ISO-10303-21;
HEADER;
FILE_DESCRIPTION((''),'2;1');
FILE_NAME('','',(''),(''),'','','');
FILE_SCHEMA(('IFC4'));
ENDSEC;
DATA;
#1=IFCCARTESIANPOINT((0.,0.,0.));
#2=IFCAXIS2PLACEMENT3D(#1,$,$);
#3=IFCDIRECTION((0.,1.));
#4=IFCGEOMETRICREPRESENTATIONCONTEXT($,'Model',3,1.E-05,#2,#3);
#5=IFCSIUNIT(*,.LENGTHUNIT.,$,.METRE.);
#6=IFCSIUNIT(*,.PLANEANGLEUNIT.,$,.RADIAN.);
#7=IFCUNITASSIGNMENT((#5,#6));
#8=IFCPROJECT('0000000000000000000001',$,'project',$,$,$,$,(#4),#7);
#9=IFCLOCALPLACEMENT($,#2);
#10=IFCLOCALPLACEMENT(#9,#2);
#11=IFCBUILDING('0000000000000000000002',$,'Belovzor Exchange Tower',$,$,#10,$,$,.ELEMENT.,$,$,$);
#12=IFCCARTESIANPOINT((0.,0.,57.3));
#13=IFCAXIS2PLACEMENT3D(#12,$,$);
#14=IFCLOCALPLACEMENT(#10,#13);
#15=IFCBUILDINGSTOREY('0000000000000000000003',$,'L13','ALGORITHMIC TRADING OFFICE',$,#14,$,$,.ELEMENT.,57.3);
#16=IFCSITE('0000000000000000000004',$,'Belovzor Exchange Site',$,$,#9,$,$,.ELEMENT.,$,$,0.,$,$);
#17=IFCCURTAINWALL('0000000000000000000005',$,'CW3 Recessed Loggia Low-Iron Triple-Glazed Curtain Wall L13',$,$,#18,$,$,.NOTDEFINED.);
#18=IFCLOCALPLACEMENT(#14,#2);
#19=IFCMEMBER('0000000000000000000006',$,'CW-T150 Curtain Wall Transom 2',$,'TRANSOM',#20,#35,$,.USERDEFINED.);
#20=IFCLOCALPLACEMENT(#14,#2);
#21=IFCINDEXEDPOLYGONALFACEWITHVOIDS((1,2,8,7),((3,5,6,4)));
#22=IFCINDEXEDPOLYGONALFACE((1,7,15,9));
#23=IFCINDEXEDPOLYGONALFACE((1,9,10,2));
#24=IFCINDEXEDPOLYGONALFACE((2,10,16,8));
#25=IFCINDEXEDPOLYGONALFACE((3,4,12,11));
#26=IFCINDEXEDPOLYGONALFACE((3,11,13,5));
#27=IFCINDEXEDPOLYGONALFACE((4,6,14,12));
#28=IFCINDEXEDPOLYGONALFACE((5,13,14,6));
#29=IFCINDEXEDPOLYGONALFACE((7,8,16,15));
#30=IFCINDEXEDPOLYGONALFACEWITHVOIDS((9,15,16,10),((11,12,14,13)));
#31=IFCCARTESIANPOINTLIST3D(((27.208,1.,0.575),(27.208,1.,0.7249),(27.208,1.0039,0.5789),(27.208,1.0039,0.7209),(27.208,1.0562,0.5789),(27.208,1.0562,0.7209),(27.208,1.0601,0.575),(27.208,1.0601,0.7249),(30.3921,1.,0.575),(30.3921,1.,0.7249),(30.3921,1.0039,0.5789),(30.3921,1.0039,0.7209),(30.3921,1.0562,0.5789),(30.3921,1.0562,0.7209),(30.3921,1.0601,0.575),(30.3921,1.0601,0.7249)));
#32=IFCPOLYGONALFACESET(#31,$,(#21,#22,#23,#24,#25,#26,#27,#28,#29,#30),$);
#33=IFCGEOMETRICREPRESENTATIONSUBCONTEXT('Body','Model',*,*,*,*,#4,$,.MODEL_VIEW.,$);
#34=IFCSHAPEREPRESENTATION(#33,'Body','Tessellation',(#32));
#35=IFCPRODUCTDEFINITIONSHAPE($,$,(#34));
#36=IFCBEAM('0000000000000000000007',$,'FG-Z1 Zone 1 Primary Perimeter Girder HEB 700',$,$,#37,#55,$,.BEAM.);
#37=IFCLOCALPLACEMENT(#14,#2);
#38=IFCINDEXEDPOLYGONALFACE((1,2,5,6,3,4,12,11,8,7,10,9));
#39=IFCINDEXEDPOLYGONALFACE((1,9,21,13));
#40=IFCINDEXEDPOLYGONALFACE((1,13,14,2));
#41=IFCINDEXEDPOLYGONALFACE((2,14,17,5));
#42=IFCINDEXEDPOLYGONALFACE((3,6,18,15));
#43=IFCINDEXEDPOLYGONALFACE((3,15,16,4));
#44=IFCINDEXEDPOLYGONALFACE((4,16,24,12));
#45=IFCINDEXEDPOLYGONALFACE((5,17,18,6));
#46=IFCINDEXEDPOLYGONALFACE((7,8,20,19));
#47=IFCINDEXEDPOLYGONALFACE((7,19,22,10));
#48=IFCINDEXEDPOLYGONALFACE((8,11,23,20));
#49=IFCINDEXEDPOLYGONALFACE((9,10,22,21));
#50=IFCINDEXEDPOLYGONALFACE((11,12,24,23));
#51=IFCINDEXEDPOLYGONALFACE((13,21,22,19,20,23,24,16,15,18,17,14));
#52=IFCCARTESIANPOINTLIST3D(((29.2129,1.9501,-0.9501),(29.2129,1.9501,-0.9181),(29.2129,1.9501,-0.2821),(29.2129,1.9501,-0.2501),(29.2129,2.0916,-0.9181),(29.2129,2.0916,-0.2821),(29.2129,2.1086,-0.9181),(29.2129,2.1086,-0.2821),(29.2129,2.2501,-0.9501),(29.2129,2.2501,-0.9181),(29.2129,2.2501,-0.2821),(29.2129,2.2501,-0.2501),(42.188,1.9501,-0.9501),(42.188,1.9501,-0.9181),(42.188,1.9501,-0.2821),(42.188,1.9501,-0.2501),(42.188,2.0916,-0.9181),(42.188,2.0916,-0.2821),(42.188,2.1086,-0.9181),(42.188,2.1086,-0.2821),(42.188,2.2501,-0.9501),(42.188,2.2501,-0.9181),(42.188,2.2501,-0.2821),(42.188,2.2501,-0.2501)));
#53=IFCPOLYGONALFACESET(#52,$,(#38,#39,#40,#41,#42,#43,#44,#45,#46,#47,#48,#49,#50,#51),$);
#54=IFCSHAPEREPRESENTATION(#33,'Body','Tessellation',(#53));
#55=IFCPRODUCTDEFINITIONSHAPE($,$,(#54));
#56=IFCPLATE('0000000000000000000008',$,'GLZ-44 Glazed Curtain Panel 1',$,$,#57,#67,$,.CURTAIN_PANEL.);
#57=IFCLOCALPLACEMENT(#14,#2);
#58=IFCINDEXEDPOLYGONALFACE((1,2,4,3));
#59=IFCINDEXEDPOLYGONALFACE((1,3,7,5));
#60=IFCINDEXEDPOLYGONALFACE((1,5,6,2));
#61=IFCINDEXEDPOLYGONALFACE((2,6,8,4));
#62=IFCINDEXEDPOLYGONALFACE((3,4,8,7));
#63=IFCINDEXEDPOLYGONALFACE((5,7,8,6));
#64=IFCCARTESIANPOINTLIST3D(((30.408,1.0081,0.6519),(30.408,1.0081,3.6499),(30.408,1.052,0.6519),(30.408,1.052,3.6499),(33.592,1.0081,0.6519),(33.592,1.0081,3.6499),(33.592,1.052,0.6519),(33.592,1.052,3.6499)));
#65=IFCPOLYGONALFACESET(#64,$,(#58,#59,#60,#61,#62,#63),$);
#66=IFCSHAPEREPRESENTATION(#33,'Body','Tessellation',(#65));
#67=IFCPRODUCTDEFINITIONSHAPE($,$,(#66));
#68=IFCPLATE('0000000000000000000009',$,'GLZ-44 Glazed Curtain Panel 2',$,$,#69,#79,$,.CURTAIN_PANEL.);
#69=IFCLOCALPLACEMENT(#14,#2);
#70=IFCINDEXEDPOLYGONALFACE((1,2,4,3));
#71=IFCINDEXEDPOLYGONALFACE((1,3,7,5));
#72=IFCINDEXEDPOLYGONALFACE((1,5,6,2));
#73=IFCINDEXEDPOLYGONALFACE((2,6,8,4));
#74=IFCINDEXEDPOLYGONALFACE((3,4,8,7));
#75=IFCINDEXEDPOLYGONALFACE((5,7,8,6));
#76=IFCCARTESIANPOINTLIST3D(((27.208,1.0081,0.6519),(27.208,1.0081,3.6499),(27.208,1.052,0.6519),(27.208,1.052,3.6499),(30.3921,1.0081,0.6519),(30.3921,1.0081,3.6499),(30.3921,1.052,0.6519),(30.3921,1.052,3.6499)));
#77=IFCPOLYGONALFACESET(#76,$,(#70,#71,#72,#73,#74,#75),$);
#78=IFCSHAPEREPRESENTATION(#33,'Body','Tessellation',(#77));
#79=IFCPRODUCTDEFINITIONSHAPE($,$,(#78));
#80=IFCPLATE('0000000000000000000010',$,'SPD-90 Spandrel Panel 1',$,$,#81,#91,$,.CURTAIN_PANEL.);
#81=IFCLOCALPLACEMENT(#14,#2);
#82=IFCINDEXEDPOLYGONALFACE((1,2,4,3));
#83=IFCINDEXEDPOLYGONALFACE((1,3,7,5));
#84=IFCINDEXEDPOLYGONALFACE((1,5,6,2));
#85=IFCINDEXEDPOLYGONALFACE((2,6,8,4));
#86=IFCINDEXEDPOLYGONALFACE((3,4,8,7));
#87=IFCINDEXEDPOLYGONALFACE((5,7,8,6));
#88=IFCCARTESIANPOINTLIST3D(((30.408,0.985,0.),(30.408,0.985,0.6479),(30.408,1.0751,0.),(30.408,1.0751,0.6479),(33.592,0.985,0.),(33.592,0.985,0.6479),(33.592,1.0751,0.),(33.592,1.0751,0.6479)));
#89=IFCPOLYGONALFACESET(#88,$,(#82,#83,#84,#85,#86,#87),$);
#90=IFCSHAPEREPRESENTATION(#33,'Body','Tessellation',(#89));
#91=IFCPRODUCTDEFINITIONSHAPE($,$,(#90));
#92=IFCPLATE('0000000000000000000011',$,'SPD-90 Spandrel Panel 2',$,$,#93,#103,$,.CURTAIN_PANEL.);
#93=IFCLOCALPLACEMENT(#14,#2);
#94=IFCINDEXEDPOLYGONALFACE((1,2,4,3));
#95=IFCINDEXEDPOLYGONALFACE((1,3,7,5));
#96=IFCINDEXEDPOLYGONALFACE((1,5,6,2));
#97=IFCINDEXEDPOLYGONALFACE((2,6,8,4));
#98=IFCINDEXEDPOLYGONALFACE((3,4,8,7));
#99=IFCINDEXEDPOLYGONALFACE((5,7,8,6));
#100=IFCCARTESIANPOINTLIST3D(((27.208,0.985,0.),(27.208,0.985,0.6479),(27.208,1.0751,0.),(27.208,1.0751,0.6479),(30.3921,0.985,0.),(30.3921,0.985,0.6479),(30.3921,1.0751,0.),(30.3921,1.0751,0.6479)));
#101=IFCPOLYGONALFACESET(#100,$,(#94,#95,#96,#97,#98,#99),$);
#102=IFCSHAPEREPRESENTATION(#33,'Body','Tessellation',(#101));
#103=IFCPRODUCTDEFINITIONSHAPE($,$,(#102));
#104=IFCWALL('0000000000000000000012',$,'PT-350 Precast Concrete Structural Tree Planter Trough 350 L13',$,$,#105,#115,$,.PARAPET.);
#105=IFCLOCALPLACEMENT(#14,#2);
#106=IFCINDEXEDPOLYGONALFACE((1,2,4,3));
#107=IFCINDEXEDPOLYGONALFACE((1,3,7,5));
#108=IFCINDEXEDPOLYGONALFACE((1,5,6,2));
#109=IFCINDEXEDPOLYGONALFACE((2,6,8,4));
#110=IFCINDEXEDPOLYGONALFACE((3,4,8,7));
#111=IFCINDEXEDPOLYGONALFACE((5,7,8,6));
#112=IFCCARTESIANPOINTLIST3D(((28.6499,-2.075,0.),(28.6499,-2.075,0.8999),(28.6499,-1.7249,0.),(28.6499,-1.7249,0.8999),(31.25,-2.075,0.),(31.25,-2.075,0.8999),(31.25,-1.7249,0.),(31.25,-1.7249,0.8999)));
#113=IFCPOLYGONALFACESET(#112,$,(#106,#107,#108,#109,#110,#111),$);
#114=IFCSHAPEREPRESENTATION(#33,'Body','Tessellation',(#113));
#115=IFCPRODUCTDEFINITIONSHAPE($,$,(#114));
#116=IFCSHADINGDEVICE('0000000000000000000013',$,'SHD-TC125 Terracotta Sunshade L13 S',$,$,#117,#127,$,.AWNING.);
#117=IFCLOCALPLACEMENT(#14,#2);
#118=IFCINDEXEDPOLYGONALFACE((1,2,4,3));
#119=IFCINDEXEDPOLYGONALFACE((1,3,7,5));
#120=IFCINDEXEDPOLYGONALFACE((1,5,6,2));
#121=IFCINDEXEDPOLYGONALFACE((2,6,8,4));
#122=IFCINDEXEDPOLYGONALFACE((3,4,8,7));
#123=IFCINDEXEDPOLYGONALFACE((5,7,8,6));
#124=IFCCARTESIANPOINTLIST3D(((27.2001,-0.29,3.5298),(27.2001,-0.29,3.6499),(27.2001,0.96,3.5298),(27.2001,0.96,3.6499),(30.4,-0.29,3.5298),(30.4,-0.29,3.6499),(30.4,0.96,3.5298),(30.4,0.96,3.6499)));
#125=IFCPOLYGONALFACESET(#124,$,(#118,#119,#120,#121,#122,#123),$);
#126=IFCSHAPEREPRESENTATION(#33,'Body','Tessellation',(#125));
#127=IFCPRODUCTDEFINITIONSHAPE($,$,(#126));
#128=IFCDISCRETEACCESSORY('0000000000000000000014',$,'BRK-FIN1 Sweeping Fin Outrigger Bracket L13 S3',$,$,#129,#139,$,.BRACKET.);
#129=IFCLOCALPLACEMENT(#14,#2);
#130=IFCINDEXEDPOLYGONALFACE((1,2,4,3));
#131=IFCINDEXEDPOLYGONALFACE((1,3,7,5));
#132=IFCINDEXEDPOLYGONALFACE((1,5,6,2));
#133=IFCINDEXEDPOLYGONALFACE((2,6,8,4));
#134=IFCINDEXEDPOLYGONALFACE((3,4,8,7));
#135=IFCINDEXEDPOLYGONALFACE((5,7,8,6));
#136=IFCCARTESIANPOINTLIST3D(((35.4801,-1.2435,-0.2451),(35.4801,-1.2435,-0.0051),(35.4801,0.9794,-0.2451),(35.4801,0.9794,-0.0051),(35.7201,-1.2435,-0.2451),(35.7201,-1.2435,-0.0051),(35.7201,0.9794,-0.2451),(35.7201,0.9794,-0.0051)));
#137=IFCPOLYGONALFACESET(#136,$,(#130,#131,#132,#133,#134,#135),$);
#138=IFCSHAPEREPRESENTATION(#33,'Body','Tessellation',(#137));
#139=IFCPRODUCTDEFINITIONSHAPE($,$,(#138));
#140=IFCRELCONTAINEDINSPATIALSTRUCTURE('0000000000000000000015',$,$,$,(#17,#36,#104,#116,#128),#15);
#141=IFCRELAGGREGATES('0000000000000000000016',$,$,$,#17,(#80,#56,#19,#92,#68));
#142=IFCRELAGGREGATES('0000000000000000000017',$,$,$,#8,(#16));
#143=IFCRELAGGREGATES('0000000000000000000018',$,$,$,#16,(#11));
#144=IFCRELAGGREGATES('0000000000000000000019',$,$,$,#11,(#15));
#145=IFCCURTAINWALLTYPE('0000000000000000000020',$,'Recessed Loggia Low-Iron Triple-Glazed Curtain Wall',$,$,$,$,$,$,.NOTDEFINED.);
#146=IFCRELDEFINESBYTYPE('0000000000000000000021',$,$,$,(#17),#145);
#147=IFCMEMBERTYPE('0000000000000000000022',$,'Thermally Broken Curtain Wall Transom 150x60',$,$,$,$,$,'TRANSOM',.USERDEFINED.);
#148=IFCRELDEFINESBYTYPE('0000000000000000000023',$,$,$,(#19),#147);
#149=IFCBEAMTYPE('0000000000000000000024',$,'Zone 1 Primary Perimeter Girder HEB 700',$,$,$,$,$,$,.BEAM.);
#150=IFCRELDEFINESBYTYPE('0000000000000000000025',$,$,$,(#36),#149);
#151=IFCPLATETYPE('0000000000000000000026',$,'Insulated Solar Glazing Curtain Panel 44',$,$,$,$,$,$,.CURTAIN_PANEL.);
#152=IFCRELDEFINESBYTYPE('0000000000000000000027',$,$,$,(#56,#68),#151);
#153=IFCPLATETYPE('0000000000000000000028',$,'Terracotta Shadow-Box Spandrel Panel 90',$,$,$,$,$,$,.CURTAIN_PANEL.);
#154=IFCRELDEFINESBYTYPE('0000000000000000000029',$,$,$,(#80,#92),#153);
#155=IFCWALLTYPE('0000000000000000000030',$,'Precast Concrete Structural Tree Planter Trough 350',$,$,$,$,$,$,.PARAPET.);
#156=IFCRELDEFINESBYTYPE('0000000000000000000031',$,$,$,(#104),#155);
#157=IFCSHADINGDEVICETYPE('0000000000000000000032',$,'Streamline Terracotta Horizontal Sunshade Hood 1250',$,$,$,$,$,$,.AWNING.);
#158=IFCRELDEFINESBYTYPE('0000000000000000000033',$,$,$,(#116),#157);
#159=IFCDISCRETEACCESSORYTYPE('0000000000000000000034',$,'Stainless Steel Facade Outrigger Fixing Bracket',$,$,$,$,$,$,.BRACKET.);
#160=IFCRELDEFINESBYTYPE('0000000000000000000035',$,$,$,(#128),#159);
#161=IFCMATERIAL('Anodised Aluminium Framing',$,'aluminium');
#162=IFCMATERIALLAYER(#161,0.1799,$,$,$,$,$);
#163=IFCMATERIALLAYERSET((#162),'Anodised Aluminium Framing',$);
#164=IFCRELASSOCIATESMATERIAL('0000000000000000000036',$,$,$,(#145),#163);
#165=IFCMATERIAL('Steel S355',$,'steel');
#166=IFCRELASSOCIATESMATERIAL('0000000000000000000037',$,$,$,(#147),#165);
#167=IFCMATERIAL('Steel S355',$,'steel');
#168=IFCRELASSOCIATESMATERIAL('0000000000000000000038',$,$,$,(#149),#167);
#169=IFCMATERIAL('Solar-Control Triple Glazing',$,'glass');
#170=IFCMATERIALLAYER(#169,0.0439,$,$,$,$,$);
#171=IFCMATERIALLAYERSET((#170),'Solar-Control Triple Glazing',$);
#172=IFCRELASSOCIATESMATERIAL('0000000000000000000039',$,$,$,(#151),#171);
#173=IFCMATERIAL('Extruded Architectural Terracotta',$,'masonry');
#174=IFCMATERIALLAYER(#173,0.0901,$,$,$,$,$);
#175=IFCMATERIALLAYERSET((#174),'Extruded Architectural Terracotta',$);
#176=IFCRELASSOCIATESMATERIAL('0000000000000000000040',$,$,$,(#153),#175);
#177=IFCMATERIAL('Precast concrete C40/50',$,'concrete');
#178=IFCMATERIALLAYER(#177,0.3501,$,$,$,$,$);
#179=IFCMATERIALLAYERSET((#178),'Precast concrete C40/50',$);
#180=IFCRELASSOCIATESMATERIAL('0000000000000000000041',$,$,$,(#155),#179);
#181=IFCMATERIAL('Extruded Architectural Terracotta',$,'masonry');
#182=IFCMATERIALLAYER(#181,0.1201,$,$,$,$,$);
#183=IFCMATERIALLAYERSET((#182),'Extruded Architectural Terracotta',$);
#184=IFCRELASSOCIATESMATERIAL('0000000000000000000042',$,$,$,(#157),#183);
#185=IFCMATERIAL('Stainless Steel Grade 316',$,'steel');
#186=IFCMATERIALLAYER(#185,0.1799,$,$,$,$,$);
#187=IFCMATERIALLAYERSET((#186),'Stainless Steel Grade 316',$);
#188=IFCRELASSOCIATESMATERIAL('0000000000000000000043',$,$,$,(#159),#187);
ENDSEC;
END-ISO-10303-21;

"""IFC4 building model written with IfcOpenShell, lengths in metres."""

from ifc_helpers import new_model, si_unit, direction, frame, frame_2d, origin, origin_2d, place, context, subcontext, project, spatial, rectangle, hollow_rectangle, i_section, extrude, material, layer, layer_set, material_profile, profile_set, type_object, element, aggregate, save


model = new_model("IFC4")

# Units and contexts
model_context = context("Model", 3, precision=1e-05, world=origin(), true_north=direction((0.0, 1.0)))
body_context = subcontext(model_context, "Body", "Model", "MODEL_VIEW")
ifc_project = project(units=[si_unit("LENGTHUNIT", "METRE"), si_unit("PLANEANGLEUNIT", "RADIAN")], contexts=[model_context])

# Site, building, storey
site_placement = place(None, origin())
site = spatial("IfcSite", under=ifc_project, at=site_placement, Name="Belovzor Exchange Site", CompositionType="ELEMENT", RefElevation=0.0)
building_placement = place(site_placement, origin())
building = spatial("IfcBuilding", under=site, at=building_placement, Name="Belovzor Exchange Tower", CompositionType="ELEMENT")
storey_placement = place(building_placement, frame((0.0, 0.0, 57.3)))
storey = spatial("IfcBuildingStorey", under=building, at=storey_placement, Name="L13", Description="ALGORITHMIC TRADING OFFICE", CompositionType="ELEMENT", Elevation=57.3)

# Curtain wall, member
ifc_material_1 = material(Name="Anodised Aluminium Framing", Category="aluminium")
ifc_layer_1 = layer(ifc_material_1, 0.1799)
ifc_layer_set_1 = layer_set([ifc_layer_1], Name="Anodised Aluminium Framing")
curtain_wall_type = type_object("IfcCurtainWallType", Name="Recessed Loggia Low-Iron Triple-Glazed Curtain Wall", PredefinedType="NOTDEFINED", material=ifc_layer_set_1)
curtain_wall_placement = place(storey_placement, origin())
curtain_wall = element("IfcCurtainWall", 1, at=curtain_wall_placement, inside=storey, type_object=curtain_wall_type, Name="CW3 Recessed Loggia Low-Iron Triple-Glazed Curtain Wall L13", PredefinedType="NOTDEFINED")
ifc_material_2 = material(Name="Steel S355", Category="steel")
ifc_material_profile_1 = material_profile(ifc_material_2, hollow_rectangle(XDim=0.0601, YDim=0.1499, WallThickness=0.0039, at=origin_2d()))
ifc_profile_set_1 = profile_set([ifc_material_profile_1], Name="Steel S355")
member_type_1 = type_object("IfcMemberType", Name="Thermally Broken Curtain Wall Transom 150x60", ElementType="TRANSOM", PredefinedType="USERDEFINED", material=ifc_profile_set_1)
member_1_placement = place(storey_placement, frame((30.3921, 1.03, 0.6499), z_axis=(-1.0, 0.0, 0.0), x_axis=(0.0, -1.0, 0.0)))
member_1 = element("IfcMember", 2, at=member_1_placement, type_object=member_type_1, Name="CW-T150 Curtain Wall Transom 2", ObjectType="TRANSOM", PredefinedType="USERDEFINED", context=body_context, shape_type="SweptSolid", body=[
    extrude(hollow_rectangle(XDim=0.0601, YDim=0.1499, WallThickness=0.0039, at=origin_2d()), origin(), (0.0, 0.0, 1.0), 3.1841),
])

# Beam
ifc_material_3 = material(Name="Steel S355", Category="steel")
ifc_material_profile_2 = material_profile(ifc_material_3, i_section(OverallWidth=0.3, OverallDepth=0.7, WebThickness=0.0171, FlangeThickness=0.032, at=origin_2d()))
ifc_profile_set_2 = profile_set([ifc_material_profile_2], Name="Steel S355")
beam_type_1 = type_object("IfcBeamType", Name="Zone 1 Primary Perimeter Girder HEB 700", PredefinedType="BEAM", material=ifc_profile_set_2)
beam_1_placement = place(storey_placement, frame((29.2129, 2.1001, -0.6001), z_axis=(1.0, 0.0, 0.0), x_axis=(0.0, 1.0, 0.0)))
element("IfcBeam", 3, at=beam_1_placement, inside=storey, type_object=beam_type_1, Name="FG-Z1 Zone 1 Primary Perimeter Girder HEB 700", PredefinedType="BEAM", context=body_context, shape_type="SweptSolid", body=[
    extrude(i_section(OverallWidth=0.3, OverallDepth=0.7, WebThickness=0.0171, FlangeThickness=0.032, at=origin_2d()), origin(), (0.0, 0.0, 1.0), 12.9751),
])

# Plates
ifc_material_4 = material(Name="Solar-Control Triple Glazing", Category="glass")
ifc_layer_2 = layer(ifc_material_4, 0.0439)
ifc_layer_set_2 = layer_set([ifc_layer_2], Name="Solar-Control Triple Glazing")
plate_type_1 = type_object("IfcPlateType", Name="Insulated Solar Glazing Curtain Panel 44", PredefinedType="CURTAIN_PANEL", material=ifc_layer_set_2)
plate_1_placement = place(storey_placement, frame((32.0, 1.03, 0.6519), z_axis=(0.0, 0.0, 1.0), x_axis=(-1.0, 0.0, 0.0)))
plate_1 = element("IfcPlate", 4, at=plate_1_placement, type_object=plate_type_1, Name="GLZ-44 Glazed Curtain Panel 1", PredefinedType="CURTAIN_PANEL", context=body_context, shape_type="SweptSolid", body=[
    extrude(rectangle(XDim=3.1841, YDim=0.0439, at=origin_2d()), origin(), (0.0, 0.0, 1.0), 2.998),
])
plate_2_placement = place(storey_placement, frame((28.8, 1.03, 0.6519), z_axis=(0.0, 0.0, 1.0), x_axis=(-1.0, 0.0, 0.0)))
plate_2 = element("IfcPlate", 5, at=plate_2_placement, type_object=plate_type_1, Name="GLZ-44 Glazed Curtain Panel 2", PredefinedType="CURTAIN_PANEL", context=body_context, shape_type="SweptSolid", body=[
    extrude(rectangle(XDim=3.1841, YDim=0.0439, at=origin_2d()), origin(), (0.0, 0.0, 1.0), 2.998),
])
ifc_material_5 = material(Name="Extruded Architectural Terracotta", Category="masonry")
ifc_layer_3 = layer(ifc_material_5, 0.0901)
ifc_layer_set_3 = layer_set([ifc_layer_3], Name="Extruded Architectural Terracotta")
plate_type_2 = type_object("IfcPlateType", Name="Terracotta Shadow-Box Spandrel Panel 90", PredefinedType="CURTAIN_PANEL", material=ifc_layer_set_3)
plate_3_placement = place(storey_placement, frame((32.0, 1.03, 0.0), z_axis=(0.0, 0.0, 1.0), x_axis=(-1.0, 0.0, 0.0)))
plate_3 = element("IfcPlate", 6, at=plate_3_placement, type_object=plate_type_2, Name="SPD-90 Spandrel Panel 1", PredefinedType="CURTAIN_PANEL", context=body_context, shape_type="SweptSolid", body=[
    extrude(rectangle(XDim=3.1841, YDim=0.0901, at=origin_2d()), origin(), (0.0, 0.0, 1.0), 0.6479),
])
plate_4_placement = place(storey_placement, frame((28.8, 1.03, 0.0), z_axis=(0.0, 0.0, 1.0), x_axis=(-1.0, 0.0, 0.0)))
plate_4 = element("IfcPlate", 7, at=plate_4_placement, type_object=plate_type_2, Name="SPD-90 Spandrel Panel 2", PredefinedType="CURTAIN_PANEL", context=body_context, shape_type="SweptSolid", body=[
    extrude(rectangle(XDim=3.1841, YDim=0.0901, at=origin_2d()), origin(), (0.0, 0.0, 1.0), 0.6479),
])
aggregate(curtain_wall, [plate_3, plate_1, member_1, plate_4, plate_2])

# Wall
ifc_material_6 = material(Name="Precast concrete C40/50", Category="concrete")
ifc_layer_4 = layer(ifc_material_6, 0.3501)
ifc_layer_set_4 = layer_set([ifc_layer_4], Name="Precast concrete C40/50")
wall_type = type_object("IfcWallType", Name="Precast Concrete Structural Tree Planter Trough 350", PredefinedType="PARAPET", material=ifc_layer_set_4)
wall_placement = place(storey_placement, frame((28.6499, -1.8999, 0.0), z_axis=(0.0, 0.0, 1.0), x_axis=(1.0, 0.0, 0.0)))
element("IfcWall", 8, at=wall_placement, inside=storey, type_object=wall_type, Name="PT-350 Precast Concrete Structural Tree Planter Trough 350 L13", PredefinedType="PARAPET", context=body_context, shape_type="SweptSolid", body=[
    extrude(rectangle(XDim=2.6001, YDim=0.3501, at=frame_2d((1.3, 0.0))), origin(), (0.0, 0.0, 1.0), 0.8999),
])

# Shading device
ifc_material_7 = material(Name="Extruded Architectural Terracotta", Category="masonry")
ifc_layer_5 = layer(ifc_material_7, 0.1201)
ifc_layer_set_5 = layer_set([ifc_layer_5], Name="Extruded Architectural Terracotta")
shading_device_type = type_object("IfcShadingDeviceType", Name="Streamline Terracotta Horizontal Sunshade Hood 1250", PredefinedType="AWNING", material=ifc_layer_set_5)
shading_device_placement = place(storey_placement, frame((28.8, 0.335, 3.5298), z_axis=(0.0, 0.0, 1.0), x_axis=(1.0, 0.0, 0.0)))
element("IfcShadingDevice", 9, at=shading_device_placement, inside=storey, type_object=shading_device_type, Name="SHD-TC125 Terracotta Sunshade L13 S", PredefinedType="AWNING", context=body_context, shape_type="SweptSolid", body=[
    extrude(rectangle(XDim=3.2, YDim=1.25, at=origin_2d()), origin(), (0.0, 0.0, 1.0), 0.1201),
])

# Discrete accessory
ifc_material_8 = material(Name="Stainless Steel Grade 316", Category="steel")
ifc_layer_6 = layer(ifc_material_8, 0.1799)
ifc_layer_set_6 = layer_set([ifc_layer_6], Name="Stainless Steel Grade 316")
discrete_accessory_type = type_object("IfcDiscreteAccessoryType", Name="Stainless Steel Facade Outrigger Fixing Bracket", PredefinedType="BRACKET", material=ifc_layer_set_6)
discrete_accessory_placement = place(storey_placement, frame((35.6001, -0.1321, -0.2451), z_axis=(0.0, 0.0, 1.0), x_axis=(0.0, 1.0, 0.0)))
element("IfcDiscreteAccessory", 10, at=discrete_accessory_placement, inside=storey, type_object=discrete_accessory_type, Name="BRK-FIN1 Sweeping Fin Outrigger Bracket L13 S3", PredefinedType="BRACKET", context=body_context, shape_type="SweptSolid", body=[
    extrude(rectangle(XDim=2.2229, YDim=0.24, at=origin_2d()), origin(), (0.0, 0.0, 1.0), 0.24),
])

save(model, "model.ifc")
